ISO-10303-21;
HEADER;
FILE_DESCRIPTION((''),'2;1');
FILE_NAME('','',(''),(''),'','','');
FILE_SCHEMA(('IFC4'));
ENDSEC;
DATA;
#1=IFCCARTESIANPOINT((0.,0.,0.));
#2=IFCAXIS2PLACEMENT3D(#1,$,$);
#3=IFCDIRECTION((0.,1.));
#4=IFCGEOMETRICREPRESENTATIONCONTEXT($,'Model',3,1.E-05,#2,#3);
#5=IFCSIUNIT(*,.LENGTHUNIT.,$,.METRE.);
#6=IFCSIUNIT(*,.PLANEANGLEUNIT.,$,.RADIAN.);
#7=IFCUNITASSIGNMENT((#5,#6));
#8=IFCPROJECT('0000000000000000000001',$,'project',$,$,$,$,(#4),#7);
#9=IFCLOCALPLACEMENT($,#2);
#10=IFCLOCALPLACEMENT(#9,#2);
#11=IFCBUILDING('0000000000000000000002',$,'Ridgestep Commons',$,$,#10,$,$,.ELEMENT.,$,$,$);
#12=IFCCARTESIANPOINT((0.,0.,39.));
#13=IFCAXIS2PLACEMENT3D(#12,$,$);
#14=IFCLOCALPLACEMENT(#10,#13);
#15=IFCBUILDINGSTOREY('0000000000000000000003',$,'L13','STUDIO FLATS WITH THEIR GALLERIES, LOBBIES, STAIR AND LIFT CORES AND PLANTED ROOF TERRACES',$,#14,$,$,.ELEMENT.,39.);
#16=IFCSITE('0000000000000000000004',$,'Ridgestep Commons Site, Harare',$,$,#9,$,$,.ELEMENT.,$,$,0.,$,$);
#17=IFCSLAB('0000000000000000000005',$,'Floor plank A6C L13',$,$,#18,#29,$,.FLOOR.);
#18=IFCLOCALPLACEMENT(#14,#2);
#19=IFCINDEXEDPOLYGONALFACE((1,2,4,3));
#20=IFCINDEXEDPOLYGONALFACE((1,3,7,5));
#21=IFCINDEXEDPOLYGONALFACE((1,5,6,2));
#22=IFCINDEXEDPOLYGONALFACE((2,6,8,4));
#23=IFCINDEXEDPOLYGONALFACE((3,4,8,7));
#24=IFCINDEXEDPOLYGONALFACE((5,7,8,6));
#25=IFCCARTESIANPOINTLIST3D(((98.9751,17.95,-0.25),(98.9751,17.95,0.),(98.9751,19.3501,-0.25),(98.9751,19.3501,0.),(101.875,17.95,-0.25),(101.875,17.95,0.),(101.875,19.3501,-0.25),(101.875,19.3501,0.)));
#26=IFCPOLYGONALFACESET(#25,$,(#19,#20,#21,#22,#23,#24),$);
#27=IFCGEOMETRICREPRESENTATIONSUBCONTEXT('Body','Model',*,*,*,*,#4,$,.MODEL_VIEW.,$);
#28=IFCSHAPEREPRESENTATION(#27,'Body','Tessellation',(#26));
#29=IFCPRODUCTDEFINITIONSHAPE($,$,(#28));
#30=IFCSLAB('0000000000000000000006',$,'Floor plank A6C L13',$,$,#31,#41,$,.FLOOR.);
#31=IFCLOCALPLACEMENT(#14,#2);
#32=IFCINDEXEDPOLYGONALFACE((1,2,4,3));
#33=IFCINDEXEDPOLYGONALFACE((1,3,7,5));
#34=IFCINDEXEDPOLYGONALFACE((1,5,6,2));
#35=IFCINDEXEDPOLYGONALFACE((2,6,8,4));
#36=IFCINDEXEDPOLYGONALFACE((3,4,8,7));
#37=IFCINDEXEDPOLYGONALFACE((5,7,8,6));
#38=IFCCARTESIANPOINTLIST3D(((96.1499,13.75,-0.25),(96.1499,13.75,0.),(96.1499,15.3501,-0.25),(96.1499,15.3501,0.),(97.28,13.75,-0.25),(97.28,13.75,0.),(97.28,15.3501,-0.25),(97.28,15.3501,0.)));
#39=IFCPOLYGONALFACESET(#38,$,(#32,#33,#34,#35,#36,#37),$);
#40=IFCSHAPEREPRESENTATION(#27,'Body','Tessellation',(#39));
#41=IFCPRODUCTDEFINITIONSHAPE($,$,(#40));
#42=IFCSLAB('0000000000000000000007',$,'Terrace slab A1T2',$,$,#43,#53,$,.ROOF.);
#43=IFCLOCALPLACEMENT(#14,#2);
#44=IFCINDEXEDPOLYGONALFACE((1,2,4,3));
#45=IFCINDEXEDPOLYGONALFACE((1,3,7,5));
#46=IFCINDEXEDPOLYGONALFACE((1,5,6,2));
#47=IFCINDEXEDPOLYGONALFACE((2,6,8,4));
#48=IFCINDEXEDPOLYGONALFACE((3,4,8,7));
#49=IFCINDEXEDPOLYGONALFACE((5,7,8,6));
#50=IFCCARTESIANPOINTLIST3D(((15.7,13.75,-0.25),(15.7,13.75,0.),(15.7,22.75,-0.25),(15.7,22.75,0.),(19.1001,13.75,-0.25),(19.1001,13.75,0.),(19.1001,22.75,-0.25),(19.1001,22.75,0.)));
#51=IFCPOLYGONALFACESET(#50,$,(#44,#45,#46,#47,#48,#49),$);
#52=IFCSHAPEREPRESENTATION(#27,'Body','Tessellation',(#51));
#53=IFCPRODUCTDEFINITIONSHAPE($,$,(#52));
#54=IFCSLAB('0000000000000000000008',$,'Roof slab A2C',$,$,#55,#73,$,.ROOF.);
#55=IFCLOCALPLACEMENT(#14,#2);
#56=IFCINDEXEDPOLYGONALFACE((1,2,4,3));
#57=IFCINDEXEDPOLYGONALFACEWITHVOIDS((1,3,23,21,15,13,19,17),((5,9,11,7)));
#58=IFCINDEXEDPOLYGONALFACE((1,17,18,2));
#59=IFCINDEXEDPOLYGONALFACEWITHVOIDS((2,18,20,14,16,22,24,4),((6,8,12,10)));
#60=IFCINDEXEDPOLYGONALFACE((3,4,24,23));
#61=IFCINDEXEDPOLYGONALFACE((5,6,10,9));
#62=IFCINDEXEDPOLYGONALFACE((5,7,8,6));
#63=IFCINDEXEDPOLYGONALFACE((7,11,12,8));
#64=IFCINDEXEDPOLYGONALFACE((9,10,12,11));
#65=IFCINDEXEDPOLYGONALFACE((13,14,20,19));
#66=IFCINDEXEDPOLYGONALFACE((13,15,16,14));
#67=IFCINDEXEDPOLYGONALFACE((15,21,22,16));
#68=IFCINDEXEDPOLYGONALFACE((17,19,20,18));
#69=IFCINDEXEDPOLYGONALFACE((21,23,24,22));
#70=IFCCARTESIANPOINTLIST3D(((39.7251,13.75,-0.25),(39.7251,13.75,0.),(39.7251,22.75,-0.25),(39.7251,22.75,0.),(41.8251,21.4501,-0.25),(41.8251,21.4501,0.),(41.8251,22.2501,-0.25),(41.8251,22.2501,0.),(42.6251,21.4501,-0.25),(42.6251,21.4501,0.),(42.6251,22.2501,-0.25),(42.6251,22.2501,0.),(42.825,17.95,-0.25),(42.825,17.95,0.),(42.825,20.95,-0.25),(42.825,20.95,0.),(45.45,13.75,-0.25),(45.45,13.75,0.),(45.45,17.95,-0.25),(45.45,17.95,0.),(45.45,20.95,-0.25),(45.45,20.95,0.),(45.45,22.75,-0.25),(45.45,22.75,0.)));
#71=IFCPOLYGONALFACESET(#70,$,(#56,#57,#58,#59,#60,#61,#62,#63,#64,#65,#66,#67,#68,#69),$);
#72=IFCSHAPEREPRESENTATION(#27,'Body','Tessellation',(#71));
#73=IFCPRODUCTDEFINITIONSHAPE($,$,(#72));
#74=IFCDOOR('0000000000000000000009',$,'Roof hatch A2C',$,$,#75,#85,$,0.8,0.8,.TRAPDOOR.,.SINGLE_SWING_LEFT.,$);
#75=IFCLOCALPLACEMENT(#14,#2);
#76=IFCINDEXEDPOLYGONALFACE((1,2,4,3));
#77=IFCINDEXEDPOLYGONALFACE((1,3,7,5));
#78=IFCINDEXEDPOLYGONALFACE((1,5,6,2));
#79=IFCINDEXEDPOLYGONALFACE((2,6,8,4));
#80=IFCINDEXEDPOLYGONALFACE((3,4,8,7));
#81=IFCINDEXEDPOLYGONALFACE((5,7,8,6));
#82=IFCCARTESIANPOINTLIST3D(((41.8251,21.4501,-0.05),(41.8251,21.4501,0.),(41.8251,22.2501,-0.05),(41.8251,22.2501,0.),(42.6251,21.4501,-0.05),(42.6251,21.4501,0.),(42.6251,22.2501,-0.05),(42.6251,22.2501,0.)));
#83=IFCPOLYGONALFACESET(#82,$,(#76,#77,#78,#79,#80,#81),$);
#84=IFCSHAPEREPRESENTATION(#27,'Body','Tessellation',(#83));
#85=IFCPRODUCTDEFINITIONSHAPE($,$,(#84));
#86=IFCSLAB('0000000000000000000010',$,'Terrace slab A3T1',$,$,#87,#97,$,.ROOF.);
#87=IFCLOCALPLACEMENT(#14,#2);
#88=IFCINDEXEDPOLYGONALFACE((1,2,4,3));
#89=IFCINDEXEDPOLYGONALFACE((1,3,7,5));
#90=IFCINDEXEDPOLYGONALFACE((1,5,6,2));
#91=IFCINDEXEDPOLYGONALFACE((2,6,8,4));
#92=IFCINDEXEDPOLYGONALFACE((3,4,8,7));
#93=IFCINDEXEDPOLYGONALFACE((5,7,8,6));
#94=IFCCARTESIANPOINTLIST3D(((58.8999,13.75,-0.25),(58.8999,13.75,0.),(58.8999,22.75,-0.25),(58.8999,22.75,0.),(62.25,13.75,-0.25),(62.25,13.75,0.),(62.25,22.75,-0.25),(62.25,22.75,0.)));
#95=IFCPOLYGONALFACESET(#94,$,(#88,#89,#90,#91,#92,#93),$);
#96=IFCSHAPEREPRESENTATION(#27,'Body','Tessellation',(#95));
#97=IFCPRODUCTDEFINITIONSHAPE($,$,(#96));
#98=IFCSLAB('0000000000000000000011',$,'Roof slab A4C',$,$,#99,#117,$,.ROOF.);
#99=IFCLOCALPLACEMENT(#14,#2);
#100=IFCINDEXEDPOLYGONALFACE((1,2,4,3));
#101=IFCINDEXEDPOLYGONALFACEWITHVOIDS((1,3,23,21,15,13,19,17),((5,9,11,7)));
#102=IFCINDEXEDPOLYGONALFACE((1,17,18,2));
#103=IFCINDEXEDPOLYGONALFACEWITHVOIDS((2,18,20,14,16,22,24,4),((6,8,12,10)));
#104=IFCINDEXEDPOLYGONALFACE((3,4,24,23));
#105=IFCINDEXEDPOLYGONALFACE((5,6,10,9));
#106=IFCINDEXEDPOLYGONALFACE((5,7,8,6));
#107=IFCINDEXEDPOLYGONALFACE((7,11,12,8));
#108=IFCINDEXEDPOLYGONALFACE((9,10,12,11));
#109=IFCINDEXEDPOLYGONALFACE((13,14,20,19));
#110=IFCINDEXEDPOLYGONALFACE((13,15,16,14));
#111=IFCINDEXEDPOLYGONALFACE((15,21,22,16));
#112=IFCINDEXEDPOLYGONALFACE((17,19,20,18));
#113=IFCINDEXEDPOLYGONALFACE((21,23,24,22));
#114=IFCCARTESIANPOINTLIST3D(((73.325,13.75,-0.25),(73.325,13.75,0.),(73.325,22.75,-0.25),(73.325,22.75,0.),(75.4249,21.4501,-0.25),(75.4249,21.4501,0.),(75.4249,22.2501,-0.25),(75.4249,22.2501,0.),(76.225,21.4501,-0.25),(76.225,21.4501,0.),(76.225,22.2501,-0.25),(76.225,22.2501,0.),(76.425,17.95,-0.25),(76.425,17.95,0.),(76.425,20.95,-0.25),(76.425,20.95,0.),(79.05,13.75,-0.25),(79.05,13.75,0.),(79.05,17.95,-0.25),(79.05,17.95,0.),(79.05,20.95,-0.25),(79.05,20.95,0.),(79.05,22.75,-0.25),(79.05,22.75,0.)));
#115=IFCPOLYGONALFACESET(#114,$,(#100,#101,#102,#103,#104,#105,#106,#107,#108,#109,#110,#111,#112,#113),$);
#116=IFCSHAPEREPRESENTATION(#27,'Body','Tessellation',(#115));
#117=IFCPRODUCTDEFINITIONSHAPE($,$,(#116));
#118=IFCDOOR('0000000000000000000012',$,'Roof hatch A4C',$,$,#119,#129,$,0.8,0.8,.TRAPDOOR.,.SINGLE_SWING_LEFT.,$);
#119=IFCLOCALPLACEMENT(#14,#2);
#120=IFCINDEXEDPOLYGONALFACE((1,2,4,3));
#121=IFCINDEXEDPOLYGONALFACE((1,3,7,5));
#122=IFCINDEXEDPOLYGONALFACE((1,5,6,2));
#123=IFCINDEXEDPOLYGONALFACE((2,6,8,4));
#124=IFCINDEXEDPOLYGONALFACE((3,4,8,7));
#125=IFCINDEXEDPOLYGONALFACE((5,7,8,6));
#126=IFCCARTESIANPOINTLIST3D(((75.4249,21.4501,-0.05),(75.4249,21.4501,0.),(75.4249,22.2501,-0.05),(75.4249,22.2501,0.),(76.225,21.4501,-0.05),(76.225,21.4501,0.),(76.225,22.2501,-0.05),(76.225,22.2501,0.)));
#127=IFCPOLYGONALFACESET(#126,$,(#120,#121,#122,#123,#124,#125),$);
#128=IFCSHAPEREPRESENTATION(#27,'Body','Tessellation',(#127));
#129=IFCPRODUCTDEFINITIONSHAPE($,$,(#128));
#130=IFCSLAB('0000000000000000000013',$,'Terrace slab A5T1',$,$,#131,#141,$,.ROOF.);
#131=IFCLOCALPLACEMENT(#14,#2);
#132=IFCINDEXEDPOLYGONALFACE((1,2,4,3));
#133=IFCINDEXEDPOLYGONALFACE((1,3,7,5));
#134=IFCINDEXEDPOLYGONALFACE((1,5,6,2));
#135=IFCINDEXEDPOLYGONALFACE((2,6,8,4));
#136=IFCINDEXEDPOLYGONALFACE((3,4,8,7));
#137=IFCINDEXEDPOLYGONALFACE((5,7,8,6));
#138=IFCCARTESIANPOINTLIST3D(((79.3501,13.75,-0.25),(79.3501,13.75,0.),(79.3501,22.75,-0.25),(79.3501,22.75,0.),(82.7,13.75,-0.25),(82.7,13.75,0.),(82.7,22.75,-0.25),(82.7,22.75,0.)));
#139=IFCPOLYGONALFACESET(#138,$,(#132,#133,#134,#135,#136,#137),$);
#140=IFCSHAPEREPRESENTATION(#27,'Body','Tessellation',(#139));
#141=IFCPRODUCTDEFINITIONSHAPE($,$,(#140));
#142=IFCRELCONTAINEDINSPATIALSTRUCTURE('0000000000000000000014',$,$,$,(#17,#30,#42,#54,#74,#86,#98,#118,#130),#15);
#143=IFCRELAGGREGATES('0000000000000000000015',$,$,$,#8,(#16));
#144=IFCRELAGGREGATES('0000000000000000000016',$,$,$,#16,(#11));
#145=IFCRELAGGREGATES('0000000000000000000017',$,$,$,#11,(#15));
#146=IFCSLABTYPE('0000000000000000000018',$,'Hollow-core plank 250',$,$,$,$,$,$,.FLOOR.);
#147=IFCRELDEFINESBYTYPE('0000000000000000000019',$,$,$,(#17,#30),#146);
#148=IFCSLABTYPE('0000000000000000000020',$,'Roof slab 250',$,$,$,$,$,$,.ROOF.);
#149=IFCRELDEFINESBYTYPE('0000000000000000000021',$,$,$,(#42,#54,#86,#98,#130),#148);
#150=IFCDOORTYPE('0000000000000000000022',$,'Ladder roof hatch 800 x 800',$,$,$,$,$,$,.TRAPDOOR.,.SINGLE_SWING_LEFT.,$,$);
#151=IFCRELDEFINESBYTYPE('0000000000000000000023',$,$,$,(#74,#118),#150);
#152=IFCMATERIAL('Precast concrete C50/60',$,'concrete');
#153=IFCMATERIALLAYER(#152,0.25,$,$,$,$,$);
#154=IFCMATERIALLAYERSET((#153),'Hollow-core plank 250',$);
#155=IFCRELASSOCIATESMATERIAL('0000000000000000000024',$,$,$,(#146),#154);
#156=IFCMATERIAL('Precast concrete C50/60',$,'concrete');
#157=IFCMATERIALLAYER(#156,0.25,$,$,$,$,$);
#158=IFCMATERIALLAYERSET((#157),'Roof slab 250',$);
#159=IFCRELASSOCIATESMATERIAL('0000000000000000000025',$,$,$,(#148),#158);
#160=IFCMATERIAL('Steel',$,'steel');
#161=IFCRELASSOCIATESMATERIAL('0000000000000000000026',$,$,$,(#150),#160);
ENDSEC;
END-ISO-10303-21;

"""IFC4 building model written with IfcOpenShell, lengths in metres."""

from ifc_helpers import new_model, si_unit, direction, frame, origin, origin_2d, place, context, subcontext, project, spatial, polyline, rectangle, outline, extrude, material, layer, layer_set, type_object, element, fill, save


model = new_model("IFC4")

# Units and contexts
model_context = context("Model", 3, precision=1e-05, world=origin(), true_north=direction((0.0, 1.0)))
body_context = subcontext(model_context, "Body", "Model", "MODEL_VIEW")
ifc_project = project(units=[si_unit("LENGTHUNIT", "METRE"), si_unit("PLANEANGLEUNIT", "RADIAN")], contexts=[model_context])

# Site, building, storey
site_placement = place(None, origin())
site = spatial("IfcSite", under=ifc_project, at=site_placement, Name="Ridgestep Commons Site, Harare", CompositionType="ELEMENT", RefElevation=0.0)
building_placement = place(site_placement, origin())
building = spatial("IfcBuilding", under=site, at=building_placement, Name="Ridgestep Commons", CompositionType="ELEMENT")
storey_placement = place(building_placement, frame((0.0, 0.0, 39.0)))
storey = spatial("IfcBuildingStorey", under=building, at=storey_placement, Name="L13", Description="STUDIO FLATS WITH THEIR GALLERIES, LOBBIES, STAIR AND LIFT CORES AND PLANTED ROOF TERRACES", CompositionType="ELEMENT", Elevation=39.0)

# Slabs
ifc_material_1 = material(Name="Precast concrete C50/60", Category="concrete")
ifc_layer_1 = layer(ifc_material_1, 0.25)
ifc_layer_set_1 = layer_set([ifc_layer_1], Name="Hollow-core plank 250")
slab_type_1 = type_object("IfcSlabType", Name="Hollow-core plank 250", PredefinedType="FLOOR", material=ifc_layer_set_1)
slab_1_placement = place(storey_placement, frame((0.0, 0.0, -0.25)))
element("IfcSlab", 1, at=slab_1_placement, inside=storey, type_object=slab_type_1, Name="Floor plank A6C L13", PredefinedType="FLOOR", context=body_context, shape_type="SweptSolid", body=[
    extrude(outline(polyline([(101.875, 17.95), (101.875, 19.3501), (98.9751, 19.3501), (98.9751, 17.95), (101.875, 17.95)])), origin(), (0.0, 0.0, 1.0), 0.25),
])
slab_2_placement = place(storey_placement, frame((0.0, 0.0, -0.25)))
element("IfcSlab", 2, at=slab_2_placement, inside=storey, type_object=slab_type_1, Name="Floor plank A6C L13", PredefinedType="FLOOR", context=body_context, shape_type="SweptSolid", body=[
    extrude(outline(polyline([(97.28, 15.3501), (96.1499, 15.3501), (96.1499, 13.75), (97.28, 13.75), (97.28, 15.3501)])), origin(), (0.0, 0.0, 1.0), 0.25),
])
ifc_material_2 = material(Name="Precast concrete C50/60", Category="concrete")
ifc_layer_2 = layer(ifc_material_2, 0.25)
ifc_layer_set_2 = layer_set([ifc_layer_2], Name="Roof slab 250")
slab_type_2 = type_object("IfcSlabType", Name="Roof slab 250", PredefinedType="ROOF", material=ifc_layer_set_2)
slab_3_placement = place(storey_placement, frame((0.0, 0.0, -0.25)))
element("IfcSlab", 3, at=slab_3_placement, inside=storey, type_object=slab_type_2, Name="Terrace slab A1T2", PredefinedType="ROOF", context=body_context, shape_type="SweptSolid", body=[
    extrude(outline(polyline([(19.1001, 13.75), (19.1001, 22.75), (15.7, 22.75), (15.7, 13.75), (19.1001, 13.75)])), origin(), (0.0, 0.0, 1.0), 0.25),
])

# Slab, opening, door
slab_4_placement = place(storey_placement, frame((0.0, 0.0, -0.25)))
slab_4 = element("IfcSlab", 4, at=slab_4_placement, inside=storey, type_object=slab_type_2, Name="Roof slab A2C", PredefinedType="ROOF", context=body_context, shape_type="SweptSolid", body=[
    extrude(outline(polyline([(45.45, 13.75), (45.45, 17.95), (42.825, 17.95), (42.825, 20.95), (45.45, 20.95), (45.45, 22.75), (39.7251, 22.75), (39.7251, 13.75), (45.45, 13.75)])), origin(), (0.0, 0.0, 1.0), 0.25),
])
opening_1_placement = place(slab_4_placement, frame((42.2251, 21.8501, 0.0)))
opening_1 = element("IfcOpeningElement", 5, at=opening_1_placement, cuts=slab_4, PredefinedType="OPENING", context=body_context, shape_type="SweptSolid", body=[
    extrude(rectangle(XDim=0.8, YDim=0.8, at=origin_2d()), origin(), (0.0, 0.0, 1.0), 0.25),
])
ifc_material_3 = material(Name="Steel", Category="steel")
door_type = type_object("IfcDoorType", Name="Ladder roof hatch 800 x 800", OperationType="SINGLE_SWING_LEFT", PredefinedType="TRAPDOOR", material=ifc_material_3)
door_1_placement = place(opening_1_placement, frame((0.0, 0.0, 0.2)))
door_1 = element("IfcDoor", 6, at=door_1_placement, inside=storey, type_object=door_type, Name="Roof hatch A2C", OperationType="SINGLE_SWING_LEFT", OverallHeight=0.8, OverallWidth=0.8, PredefinedType="TRAPDOOR", context=body_context, shape_type="SweptSolid", body=[
    extrude(rectangle(XDim=0.8, YDim=0.8, at=origin_2d()), origin(), (0.0, 0.0, 1.0), 0.05),
])
fill(opening_1, door_1)

# Slab
slab_5_placement = place(storey_placement, frame((0.0, 0.0, -0.25)))
element("IfcSlab", 7, at=slab_5_placement, inside=storey, type_object=slab_type_2, Name="Terrace slab A3T1", PredefinedType="ROOF", context=body_context, shape_type="SweptSolid", body=[
    extrude(outline(polyline([(62.25, 13.75), (62.25, 22.75), (58.8999, 22.75), (58.8999, 13.75), (62.25, 13.75)])), origin(), (0.0, 0.0, 1.0), 0.25),
])

# Slab, opening, door
slab_6_placement = place(storey_placement, frame((0.0, 0.0, -0.25)))
slab_6 = element("IfcSlab", 8, at=slab_6_placement, inside=storey, type_object=slab_type_2, Name="Roof slab A4C", PredefinedType="ROOF", context=body_context, shape_type="SweptSolid", body=[
    extrude(outline(polyline([(79.05, 13.75), (79.05, 17.95), (76.425, 17.95), (76.425, 20.95), (79.05, 20.95), (79.05, 22.75), (73.325, 22.75), (73.325, 13.75), (79.05, 13.75)])), origin(), (0.0, 0.0, 1.0), 0.25),
])
opening_2_placement = place(slab_6_placement, frame((75.825, 21.8501, 0.0)))
opening_2 = element("IfcOpeningElement", 9, at=opening_2_placement, cuts=slab_6, PredefinedType="OPENING", context=body_context, shape_type="SweptSolid", body=[
    extrude(rectangle(XDim=0.8, YDim=0.8, at=origin_2d()), origin(), (0.0, 0.0, 1.0), 0.25),
])
door_2_placement = place(opening_2_placement, frame((0.0, 0.0, 0.2)))
door_2 = element("IfcDoor", 10, at=door_2_placement, inside=storey, type_object=door_type, Name="Roof hatch A4C", OperationType="SINGLE_SWING_LEFT", OverallHeight=0.8, OverallWidth=0.8, PredefinedType="TRAPDOOR", context=body_context, shape_type="SweptSolid", body=[
    extrude(rectangle(XDim=0.8, YDim=0.8, at=origin_2d()), origin(), (0.0, 0.0, 1.0), 0.05),
])
fill(opening_2, door_2)

# Slab
slab_7_placement = place(storey_placement, frame((0.0, 0.0, -0.25)))
element("IfcSlab", 11, at=slab_7_placement, inside=storey, type_object=slab_type_2, Name="Terrace slab A5T1", PredefinedType="ROOF", context=body_context, shape_type="SweptSolid", body=[
    extrude(outline(polyline([(82.7, 13.75), (82.7, 22.75), (79.3501, 22.75), (79.3501, 13.75), (82.7, 13.75)])), origin(), (0.0, 0.0, 1.0), 0.25),
])

save(model, "model.ifc")
